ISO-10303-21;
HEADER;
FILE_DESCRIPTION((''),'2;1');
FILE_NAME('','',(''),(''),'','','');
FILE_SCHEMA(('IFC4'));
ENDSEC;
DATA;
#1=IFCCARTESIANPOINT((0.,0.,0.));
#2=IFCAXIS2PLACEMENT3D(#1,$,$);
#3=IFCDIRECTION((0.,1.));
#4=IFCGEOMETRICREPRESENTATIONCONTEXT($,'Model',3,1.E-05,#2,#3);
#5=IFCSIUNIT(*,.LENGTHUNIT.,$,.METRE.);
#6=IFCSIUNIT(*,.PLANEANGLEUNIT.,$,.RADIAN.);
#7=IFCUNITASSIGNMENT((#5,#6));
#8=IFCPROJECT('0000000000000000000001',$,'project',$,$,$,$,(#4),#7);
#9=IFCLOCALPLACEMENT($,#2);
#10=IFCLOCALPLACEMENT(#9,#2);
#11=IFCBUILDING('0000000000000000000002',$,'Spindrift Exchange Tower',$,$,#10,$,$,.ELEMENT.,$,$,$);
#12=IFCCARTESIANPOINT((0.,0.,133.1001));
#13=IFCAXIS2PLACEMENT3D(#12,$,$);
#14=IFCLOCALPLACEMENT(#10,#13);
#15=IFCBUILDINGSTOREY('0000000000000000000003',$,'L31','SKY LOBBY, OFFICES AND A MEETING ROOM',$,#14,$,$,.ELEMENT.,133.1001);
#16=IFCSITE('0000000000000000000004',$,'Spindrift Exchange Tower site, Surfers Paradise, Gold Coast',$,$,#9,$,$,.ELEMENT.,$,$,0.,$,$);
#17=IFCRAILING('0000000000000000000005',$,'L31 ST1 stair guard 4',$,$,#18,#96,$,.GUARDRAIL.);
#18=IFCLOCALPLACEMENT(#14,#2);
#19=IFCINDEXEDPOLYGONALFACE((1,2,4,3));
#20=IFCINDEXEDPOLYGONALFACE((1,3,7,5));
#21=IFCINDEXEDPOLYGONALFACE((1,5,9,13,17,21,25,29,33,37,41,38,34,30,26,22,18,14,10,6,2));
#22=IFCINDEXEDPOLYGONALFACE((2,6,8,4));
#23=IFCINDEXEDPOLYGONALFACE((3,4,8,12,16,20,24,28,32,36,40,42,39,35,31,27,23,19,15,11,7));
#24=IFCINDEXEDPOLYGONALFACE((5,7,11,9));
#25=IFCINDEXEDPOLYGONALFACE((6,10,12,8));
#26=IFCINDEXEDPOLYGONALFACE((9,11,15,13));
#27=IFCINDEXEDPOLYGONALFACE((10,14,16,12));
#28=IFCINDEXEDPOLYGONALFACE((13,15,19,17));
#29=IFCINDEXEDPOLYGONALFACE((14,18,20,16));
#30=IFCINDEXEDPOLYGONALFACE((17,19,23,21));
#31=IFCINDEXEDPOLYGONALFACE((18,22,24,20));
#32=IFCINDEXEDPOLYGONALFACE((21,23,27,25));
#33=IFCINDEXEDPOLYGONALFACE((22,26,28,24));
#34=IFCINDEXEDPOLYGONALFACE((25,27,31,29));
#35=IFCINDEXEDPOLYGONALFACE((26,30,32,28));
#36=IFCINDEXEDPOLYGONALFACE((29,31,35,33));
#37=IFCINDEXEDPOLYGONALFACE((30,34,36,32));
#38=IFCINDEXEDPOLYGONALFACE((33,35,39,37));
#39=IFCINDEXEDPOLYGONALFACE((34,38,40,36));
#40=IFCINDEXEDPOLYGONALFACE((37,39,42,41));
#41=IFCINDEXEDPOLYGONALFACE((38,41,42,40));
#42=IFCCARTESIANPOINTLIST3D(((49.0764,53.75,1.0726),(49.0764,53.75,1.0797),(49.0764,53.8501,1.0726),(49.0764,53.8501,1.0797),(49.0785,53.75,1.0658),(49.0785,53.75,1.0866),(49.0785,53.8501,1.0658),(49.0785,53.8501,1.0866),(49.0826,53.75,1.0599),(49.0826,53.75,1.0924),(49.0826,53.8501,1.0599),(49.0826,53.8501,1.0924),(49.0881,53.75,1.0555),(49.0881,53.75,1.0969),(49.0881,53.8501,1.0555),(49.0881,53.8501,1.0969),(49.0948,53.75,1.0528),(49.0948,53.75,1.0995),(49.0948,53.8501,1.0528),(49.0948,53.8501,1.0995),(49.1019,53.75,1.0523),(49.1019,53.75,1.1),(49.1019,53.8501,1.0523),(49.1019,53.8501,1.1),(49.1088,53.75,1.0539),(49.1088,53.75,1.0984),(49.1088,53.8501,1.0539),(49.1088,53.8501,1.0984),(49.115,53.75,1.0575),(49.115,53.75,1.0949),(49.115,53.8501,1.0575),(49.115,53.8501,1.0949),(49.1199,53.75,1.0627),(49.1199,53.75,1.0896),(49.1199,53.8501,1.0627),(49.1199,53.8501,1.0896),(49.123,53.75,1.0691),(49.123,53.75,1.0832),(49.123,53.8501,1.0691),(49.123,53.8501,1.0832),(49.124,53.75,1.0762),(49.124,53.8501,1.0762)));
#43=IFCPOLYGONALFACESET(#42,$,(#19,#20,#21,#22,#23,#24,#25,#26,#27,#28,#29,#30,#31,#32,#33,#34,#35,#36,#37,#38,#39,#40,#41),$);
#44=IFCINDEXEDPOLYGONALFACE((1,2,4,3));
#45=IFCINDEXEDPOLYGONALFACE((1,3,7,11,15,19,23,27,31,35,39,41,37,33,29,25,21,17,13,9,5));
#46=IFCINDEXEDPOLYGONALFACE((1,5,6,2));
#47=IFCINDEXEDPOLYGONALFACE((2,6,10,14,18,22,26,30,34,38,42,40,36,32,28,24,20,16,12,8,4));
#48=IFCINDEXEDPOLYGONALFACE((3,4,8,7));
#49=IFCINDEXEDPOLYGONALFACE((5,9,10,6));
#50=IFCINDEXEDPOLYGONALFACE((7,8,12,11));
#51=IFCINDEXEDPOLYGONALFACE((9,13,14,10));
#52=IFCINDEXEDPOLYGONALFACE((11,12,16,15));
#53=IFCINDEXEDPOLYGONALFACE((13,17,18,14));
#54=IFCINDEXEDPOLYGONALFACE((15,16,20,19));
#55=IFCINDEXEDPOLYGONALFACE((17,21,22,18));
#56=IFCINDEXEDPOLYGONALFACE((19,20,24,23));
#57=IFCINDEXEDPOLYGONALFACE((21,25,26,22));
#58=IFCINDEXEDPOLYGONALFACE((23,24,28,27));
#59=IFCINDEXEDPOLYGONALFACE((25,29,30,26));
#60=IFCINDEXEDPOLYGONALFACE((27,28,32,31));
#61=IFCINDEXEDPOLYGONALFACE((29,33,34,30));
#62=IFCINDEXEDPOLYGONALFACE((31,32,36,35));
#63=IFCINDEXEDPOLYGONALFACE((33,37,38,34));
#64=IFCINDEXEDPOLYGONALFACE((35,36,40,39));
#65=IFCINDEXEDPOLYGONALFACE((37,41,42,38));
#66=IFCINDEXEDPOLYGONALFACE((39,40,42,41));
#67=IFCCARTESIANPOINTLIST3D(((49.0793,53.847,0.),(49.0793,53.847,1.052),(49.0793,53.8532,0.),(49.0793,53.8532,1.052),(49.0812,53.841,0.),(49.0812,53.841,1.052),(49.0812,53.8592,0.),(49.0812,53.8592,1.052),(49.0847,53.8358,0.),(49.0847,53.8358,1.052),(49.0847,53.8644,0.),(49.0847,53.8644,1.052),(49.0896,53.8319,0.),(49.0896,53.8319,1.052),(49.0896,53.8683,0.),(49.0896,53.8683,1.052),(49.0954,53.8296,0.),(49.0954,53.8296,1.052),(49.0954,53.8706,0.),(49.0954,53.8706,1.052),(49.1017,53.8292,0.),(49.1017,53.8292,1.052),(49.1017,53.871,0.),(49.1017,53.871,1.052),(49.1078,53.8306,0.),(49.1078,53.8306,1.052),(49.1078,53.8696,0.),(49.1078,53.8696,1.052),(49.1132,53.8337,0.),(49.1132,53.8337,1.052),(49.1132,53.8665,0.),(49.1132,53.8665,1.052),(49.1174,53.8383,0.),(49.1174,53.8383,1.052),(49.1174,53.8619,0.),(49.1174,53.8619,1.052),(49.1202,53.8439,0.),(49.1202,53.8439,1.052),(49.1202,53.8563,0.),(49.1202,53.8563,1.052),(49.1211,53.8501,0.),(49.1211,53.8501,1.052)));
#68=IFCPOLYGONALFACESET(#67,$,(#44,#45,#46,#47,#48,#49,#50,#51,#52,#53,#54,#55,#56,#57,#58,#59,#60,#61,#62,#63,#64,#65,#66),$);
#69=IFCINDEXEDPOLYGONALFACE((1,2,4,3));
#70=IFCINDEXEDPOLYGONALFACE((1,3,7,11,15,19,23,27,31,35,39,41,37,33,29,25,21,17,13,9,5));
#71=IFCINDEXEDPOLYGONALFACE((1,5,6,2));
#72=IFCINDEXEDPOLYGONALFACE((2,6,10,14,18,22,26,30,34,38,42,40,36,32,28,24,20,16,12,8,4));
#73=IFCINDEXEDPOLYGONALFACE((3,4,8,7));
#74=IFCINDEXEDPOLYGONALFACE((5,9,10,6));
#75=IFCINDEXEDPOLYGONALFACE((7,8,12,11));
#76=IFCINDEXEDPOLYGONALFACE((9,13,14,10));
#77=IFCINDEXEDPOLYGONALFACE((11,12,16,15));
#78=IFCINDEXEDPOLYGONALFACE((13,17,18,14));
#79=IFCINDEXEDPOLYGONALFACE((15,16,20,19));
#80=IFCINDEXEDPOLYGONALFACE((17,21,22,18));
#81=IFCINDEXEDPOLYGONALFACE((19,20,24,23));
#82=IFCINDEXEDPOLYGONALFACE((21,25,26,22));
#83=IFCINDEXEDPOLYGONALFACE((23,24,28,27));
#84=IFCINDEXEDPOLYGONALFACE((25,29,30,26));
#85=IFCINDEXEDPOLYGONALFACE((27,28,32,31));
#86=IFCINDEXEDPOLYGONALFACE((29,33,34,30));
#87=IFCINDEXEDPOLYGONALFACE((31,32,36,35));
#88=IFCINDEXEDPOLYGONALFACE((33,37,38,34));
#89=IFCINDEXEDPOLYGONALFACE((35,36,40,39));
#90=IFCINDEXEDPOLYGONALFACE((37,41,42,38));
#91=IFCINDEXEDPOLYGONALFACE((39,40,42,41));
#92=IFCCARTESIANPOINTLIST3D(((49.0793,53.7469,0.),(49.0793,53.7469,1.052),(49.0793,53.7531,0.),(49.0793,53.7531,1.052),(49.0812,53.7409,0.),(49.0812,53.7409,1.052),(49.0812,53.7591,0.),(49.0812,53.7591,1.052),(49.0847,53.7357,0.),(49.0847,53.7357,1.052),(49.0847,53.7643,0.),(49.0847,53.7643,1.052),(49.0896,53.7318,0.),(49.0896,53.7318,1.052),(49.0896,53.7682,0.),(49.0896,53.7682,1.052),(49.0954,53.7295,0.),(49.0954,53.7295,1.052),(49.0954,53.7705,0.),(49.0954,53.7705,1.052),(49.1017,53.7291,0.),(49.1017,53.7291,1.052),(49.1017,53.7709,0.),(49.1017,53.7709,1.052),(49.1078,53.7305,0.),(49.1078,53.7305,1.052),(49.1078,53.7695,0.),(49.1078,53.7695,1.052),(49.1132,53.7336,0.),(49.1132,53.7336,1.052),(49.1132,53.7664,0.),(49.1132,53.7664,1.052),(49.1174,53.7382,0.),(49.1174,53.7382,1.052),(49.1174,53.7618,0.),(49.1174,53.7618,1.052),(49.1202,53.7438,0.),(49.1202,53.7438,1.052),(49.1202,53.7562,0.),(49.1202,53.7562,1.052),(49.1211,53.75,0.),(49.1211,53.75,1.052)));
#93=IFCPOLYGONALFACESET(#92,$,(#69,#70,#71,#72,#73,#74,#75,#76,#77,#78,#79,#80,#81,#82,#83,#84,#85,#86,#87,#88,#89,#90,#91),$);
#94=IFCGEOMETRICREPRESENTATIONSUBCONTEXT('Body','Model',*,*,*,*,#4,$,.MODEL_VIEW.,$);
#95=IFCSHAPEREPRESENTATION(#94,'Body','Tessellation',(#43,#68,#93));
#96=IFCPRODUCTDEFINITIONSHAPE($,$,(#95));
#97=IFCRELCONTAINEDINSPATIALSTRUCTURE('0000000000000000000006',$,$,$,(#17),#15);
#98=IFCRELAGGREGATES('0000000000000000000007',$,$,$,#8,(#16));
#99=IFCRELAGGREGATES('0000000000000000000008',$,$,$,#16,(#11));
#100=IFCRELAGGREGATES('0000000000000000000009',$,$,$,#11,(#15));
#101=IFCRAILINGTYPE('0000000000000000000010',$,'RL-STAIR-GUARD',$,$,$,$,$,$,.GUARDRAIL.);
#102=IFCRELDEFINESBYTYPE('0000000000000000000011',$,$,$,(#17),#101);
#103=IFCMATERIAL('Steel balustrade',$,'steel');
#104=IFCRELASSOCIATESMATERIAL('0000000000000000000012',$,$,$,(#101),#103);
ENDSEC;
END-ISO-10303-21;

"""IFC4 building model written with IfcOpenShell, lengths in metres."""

from ifc_helpers import new_model, si_unit, direction, frame, origin, origin_2d, place, context, subcontext, project, spatial, circle, extrude, material, type_object, element, save


model = new_model("IFC4")

# Units and contexts
model_context = context("Model", 3, precision=1e-05, world=origin(), true_north=direction((0.0, 1.0)))
body_context = subcontext(model_context, "Body", "Model", "MODEL_VIEW")
ifc_project = project(units=[si_unit("LENGTHUNIT", "METRE"), si_unit("PLANEANGLEUNIT", "RADIAN")], contexts=[model_context])

# Site, building, storey
site_placement = place(None, origin())
site = spatial("IfcSite", under=ifc_project, at=site_placement, Name="Spindrift Exchange Tower site, Surfers Paradise, Gold Coast", CompositionType="ELEMENT", RefElevation=0.0)
building_placement = place(site_placement, origin())
building = spatial("IfcBuilding", under=site, at=building_placement, Name="Spindrift Exchange Tower", CompositionType="ELEMENT")
storey_placement = place(building_placement, frame((0.0, 0.0, 133.1001)))
storey = spatial("IfcBuildingStorey", under=building, at=storey_placement, Name="L31", Description="SKY LOBBY, OFFICES AND A MEETING ROOM", CompositionType="ELEMENT", Elevation=133.1001)

# Railing
ifc_material_1 = material(Name="Steel balustrade", Category="steel")
railing_type_1 = type_object("IfcRailingType", Name="RL-STAIR-GUARD", PredefinedType="GUARDRAIL", material=ifc_material_1)
railing_1_placement = place(storey_placement, frame((49.1001, 53.8501, 0.0)))
element("IfcRailing", 1, at=railing_1_placement, inside=storey, type_object=railing_type_1, Name="L31 ST1 stair guard 4", PredefinedType="GUARDRAIL", context=body_context, shape_type="SweptSolid", body=[
    extrude(circle(Radius=0.0239, at=origin_2d()), frame((0.0, 0.0, 1.0762), z_axis=(0.0, -1.0, 0.0), x_axis=(1.0, 0.0, 0.0)), (0.0, 0.0, 1.0), 0.1001),
    extrude(circle(Radius=0.021, at=origin_2d()), origin(), (0.0, 0.0, 1.0), 1.052),
    extrude(circle(Radius=0.021, at=origin_2d()), frame((0.0, -0.1001, 0.0)), (0.0, 0.0, 1.0), 1.052),
])

save(model, "model.ifc")
